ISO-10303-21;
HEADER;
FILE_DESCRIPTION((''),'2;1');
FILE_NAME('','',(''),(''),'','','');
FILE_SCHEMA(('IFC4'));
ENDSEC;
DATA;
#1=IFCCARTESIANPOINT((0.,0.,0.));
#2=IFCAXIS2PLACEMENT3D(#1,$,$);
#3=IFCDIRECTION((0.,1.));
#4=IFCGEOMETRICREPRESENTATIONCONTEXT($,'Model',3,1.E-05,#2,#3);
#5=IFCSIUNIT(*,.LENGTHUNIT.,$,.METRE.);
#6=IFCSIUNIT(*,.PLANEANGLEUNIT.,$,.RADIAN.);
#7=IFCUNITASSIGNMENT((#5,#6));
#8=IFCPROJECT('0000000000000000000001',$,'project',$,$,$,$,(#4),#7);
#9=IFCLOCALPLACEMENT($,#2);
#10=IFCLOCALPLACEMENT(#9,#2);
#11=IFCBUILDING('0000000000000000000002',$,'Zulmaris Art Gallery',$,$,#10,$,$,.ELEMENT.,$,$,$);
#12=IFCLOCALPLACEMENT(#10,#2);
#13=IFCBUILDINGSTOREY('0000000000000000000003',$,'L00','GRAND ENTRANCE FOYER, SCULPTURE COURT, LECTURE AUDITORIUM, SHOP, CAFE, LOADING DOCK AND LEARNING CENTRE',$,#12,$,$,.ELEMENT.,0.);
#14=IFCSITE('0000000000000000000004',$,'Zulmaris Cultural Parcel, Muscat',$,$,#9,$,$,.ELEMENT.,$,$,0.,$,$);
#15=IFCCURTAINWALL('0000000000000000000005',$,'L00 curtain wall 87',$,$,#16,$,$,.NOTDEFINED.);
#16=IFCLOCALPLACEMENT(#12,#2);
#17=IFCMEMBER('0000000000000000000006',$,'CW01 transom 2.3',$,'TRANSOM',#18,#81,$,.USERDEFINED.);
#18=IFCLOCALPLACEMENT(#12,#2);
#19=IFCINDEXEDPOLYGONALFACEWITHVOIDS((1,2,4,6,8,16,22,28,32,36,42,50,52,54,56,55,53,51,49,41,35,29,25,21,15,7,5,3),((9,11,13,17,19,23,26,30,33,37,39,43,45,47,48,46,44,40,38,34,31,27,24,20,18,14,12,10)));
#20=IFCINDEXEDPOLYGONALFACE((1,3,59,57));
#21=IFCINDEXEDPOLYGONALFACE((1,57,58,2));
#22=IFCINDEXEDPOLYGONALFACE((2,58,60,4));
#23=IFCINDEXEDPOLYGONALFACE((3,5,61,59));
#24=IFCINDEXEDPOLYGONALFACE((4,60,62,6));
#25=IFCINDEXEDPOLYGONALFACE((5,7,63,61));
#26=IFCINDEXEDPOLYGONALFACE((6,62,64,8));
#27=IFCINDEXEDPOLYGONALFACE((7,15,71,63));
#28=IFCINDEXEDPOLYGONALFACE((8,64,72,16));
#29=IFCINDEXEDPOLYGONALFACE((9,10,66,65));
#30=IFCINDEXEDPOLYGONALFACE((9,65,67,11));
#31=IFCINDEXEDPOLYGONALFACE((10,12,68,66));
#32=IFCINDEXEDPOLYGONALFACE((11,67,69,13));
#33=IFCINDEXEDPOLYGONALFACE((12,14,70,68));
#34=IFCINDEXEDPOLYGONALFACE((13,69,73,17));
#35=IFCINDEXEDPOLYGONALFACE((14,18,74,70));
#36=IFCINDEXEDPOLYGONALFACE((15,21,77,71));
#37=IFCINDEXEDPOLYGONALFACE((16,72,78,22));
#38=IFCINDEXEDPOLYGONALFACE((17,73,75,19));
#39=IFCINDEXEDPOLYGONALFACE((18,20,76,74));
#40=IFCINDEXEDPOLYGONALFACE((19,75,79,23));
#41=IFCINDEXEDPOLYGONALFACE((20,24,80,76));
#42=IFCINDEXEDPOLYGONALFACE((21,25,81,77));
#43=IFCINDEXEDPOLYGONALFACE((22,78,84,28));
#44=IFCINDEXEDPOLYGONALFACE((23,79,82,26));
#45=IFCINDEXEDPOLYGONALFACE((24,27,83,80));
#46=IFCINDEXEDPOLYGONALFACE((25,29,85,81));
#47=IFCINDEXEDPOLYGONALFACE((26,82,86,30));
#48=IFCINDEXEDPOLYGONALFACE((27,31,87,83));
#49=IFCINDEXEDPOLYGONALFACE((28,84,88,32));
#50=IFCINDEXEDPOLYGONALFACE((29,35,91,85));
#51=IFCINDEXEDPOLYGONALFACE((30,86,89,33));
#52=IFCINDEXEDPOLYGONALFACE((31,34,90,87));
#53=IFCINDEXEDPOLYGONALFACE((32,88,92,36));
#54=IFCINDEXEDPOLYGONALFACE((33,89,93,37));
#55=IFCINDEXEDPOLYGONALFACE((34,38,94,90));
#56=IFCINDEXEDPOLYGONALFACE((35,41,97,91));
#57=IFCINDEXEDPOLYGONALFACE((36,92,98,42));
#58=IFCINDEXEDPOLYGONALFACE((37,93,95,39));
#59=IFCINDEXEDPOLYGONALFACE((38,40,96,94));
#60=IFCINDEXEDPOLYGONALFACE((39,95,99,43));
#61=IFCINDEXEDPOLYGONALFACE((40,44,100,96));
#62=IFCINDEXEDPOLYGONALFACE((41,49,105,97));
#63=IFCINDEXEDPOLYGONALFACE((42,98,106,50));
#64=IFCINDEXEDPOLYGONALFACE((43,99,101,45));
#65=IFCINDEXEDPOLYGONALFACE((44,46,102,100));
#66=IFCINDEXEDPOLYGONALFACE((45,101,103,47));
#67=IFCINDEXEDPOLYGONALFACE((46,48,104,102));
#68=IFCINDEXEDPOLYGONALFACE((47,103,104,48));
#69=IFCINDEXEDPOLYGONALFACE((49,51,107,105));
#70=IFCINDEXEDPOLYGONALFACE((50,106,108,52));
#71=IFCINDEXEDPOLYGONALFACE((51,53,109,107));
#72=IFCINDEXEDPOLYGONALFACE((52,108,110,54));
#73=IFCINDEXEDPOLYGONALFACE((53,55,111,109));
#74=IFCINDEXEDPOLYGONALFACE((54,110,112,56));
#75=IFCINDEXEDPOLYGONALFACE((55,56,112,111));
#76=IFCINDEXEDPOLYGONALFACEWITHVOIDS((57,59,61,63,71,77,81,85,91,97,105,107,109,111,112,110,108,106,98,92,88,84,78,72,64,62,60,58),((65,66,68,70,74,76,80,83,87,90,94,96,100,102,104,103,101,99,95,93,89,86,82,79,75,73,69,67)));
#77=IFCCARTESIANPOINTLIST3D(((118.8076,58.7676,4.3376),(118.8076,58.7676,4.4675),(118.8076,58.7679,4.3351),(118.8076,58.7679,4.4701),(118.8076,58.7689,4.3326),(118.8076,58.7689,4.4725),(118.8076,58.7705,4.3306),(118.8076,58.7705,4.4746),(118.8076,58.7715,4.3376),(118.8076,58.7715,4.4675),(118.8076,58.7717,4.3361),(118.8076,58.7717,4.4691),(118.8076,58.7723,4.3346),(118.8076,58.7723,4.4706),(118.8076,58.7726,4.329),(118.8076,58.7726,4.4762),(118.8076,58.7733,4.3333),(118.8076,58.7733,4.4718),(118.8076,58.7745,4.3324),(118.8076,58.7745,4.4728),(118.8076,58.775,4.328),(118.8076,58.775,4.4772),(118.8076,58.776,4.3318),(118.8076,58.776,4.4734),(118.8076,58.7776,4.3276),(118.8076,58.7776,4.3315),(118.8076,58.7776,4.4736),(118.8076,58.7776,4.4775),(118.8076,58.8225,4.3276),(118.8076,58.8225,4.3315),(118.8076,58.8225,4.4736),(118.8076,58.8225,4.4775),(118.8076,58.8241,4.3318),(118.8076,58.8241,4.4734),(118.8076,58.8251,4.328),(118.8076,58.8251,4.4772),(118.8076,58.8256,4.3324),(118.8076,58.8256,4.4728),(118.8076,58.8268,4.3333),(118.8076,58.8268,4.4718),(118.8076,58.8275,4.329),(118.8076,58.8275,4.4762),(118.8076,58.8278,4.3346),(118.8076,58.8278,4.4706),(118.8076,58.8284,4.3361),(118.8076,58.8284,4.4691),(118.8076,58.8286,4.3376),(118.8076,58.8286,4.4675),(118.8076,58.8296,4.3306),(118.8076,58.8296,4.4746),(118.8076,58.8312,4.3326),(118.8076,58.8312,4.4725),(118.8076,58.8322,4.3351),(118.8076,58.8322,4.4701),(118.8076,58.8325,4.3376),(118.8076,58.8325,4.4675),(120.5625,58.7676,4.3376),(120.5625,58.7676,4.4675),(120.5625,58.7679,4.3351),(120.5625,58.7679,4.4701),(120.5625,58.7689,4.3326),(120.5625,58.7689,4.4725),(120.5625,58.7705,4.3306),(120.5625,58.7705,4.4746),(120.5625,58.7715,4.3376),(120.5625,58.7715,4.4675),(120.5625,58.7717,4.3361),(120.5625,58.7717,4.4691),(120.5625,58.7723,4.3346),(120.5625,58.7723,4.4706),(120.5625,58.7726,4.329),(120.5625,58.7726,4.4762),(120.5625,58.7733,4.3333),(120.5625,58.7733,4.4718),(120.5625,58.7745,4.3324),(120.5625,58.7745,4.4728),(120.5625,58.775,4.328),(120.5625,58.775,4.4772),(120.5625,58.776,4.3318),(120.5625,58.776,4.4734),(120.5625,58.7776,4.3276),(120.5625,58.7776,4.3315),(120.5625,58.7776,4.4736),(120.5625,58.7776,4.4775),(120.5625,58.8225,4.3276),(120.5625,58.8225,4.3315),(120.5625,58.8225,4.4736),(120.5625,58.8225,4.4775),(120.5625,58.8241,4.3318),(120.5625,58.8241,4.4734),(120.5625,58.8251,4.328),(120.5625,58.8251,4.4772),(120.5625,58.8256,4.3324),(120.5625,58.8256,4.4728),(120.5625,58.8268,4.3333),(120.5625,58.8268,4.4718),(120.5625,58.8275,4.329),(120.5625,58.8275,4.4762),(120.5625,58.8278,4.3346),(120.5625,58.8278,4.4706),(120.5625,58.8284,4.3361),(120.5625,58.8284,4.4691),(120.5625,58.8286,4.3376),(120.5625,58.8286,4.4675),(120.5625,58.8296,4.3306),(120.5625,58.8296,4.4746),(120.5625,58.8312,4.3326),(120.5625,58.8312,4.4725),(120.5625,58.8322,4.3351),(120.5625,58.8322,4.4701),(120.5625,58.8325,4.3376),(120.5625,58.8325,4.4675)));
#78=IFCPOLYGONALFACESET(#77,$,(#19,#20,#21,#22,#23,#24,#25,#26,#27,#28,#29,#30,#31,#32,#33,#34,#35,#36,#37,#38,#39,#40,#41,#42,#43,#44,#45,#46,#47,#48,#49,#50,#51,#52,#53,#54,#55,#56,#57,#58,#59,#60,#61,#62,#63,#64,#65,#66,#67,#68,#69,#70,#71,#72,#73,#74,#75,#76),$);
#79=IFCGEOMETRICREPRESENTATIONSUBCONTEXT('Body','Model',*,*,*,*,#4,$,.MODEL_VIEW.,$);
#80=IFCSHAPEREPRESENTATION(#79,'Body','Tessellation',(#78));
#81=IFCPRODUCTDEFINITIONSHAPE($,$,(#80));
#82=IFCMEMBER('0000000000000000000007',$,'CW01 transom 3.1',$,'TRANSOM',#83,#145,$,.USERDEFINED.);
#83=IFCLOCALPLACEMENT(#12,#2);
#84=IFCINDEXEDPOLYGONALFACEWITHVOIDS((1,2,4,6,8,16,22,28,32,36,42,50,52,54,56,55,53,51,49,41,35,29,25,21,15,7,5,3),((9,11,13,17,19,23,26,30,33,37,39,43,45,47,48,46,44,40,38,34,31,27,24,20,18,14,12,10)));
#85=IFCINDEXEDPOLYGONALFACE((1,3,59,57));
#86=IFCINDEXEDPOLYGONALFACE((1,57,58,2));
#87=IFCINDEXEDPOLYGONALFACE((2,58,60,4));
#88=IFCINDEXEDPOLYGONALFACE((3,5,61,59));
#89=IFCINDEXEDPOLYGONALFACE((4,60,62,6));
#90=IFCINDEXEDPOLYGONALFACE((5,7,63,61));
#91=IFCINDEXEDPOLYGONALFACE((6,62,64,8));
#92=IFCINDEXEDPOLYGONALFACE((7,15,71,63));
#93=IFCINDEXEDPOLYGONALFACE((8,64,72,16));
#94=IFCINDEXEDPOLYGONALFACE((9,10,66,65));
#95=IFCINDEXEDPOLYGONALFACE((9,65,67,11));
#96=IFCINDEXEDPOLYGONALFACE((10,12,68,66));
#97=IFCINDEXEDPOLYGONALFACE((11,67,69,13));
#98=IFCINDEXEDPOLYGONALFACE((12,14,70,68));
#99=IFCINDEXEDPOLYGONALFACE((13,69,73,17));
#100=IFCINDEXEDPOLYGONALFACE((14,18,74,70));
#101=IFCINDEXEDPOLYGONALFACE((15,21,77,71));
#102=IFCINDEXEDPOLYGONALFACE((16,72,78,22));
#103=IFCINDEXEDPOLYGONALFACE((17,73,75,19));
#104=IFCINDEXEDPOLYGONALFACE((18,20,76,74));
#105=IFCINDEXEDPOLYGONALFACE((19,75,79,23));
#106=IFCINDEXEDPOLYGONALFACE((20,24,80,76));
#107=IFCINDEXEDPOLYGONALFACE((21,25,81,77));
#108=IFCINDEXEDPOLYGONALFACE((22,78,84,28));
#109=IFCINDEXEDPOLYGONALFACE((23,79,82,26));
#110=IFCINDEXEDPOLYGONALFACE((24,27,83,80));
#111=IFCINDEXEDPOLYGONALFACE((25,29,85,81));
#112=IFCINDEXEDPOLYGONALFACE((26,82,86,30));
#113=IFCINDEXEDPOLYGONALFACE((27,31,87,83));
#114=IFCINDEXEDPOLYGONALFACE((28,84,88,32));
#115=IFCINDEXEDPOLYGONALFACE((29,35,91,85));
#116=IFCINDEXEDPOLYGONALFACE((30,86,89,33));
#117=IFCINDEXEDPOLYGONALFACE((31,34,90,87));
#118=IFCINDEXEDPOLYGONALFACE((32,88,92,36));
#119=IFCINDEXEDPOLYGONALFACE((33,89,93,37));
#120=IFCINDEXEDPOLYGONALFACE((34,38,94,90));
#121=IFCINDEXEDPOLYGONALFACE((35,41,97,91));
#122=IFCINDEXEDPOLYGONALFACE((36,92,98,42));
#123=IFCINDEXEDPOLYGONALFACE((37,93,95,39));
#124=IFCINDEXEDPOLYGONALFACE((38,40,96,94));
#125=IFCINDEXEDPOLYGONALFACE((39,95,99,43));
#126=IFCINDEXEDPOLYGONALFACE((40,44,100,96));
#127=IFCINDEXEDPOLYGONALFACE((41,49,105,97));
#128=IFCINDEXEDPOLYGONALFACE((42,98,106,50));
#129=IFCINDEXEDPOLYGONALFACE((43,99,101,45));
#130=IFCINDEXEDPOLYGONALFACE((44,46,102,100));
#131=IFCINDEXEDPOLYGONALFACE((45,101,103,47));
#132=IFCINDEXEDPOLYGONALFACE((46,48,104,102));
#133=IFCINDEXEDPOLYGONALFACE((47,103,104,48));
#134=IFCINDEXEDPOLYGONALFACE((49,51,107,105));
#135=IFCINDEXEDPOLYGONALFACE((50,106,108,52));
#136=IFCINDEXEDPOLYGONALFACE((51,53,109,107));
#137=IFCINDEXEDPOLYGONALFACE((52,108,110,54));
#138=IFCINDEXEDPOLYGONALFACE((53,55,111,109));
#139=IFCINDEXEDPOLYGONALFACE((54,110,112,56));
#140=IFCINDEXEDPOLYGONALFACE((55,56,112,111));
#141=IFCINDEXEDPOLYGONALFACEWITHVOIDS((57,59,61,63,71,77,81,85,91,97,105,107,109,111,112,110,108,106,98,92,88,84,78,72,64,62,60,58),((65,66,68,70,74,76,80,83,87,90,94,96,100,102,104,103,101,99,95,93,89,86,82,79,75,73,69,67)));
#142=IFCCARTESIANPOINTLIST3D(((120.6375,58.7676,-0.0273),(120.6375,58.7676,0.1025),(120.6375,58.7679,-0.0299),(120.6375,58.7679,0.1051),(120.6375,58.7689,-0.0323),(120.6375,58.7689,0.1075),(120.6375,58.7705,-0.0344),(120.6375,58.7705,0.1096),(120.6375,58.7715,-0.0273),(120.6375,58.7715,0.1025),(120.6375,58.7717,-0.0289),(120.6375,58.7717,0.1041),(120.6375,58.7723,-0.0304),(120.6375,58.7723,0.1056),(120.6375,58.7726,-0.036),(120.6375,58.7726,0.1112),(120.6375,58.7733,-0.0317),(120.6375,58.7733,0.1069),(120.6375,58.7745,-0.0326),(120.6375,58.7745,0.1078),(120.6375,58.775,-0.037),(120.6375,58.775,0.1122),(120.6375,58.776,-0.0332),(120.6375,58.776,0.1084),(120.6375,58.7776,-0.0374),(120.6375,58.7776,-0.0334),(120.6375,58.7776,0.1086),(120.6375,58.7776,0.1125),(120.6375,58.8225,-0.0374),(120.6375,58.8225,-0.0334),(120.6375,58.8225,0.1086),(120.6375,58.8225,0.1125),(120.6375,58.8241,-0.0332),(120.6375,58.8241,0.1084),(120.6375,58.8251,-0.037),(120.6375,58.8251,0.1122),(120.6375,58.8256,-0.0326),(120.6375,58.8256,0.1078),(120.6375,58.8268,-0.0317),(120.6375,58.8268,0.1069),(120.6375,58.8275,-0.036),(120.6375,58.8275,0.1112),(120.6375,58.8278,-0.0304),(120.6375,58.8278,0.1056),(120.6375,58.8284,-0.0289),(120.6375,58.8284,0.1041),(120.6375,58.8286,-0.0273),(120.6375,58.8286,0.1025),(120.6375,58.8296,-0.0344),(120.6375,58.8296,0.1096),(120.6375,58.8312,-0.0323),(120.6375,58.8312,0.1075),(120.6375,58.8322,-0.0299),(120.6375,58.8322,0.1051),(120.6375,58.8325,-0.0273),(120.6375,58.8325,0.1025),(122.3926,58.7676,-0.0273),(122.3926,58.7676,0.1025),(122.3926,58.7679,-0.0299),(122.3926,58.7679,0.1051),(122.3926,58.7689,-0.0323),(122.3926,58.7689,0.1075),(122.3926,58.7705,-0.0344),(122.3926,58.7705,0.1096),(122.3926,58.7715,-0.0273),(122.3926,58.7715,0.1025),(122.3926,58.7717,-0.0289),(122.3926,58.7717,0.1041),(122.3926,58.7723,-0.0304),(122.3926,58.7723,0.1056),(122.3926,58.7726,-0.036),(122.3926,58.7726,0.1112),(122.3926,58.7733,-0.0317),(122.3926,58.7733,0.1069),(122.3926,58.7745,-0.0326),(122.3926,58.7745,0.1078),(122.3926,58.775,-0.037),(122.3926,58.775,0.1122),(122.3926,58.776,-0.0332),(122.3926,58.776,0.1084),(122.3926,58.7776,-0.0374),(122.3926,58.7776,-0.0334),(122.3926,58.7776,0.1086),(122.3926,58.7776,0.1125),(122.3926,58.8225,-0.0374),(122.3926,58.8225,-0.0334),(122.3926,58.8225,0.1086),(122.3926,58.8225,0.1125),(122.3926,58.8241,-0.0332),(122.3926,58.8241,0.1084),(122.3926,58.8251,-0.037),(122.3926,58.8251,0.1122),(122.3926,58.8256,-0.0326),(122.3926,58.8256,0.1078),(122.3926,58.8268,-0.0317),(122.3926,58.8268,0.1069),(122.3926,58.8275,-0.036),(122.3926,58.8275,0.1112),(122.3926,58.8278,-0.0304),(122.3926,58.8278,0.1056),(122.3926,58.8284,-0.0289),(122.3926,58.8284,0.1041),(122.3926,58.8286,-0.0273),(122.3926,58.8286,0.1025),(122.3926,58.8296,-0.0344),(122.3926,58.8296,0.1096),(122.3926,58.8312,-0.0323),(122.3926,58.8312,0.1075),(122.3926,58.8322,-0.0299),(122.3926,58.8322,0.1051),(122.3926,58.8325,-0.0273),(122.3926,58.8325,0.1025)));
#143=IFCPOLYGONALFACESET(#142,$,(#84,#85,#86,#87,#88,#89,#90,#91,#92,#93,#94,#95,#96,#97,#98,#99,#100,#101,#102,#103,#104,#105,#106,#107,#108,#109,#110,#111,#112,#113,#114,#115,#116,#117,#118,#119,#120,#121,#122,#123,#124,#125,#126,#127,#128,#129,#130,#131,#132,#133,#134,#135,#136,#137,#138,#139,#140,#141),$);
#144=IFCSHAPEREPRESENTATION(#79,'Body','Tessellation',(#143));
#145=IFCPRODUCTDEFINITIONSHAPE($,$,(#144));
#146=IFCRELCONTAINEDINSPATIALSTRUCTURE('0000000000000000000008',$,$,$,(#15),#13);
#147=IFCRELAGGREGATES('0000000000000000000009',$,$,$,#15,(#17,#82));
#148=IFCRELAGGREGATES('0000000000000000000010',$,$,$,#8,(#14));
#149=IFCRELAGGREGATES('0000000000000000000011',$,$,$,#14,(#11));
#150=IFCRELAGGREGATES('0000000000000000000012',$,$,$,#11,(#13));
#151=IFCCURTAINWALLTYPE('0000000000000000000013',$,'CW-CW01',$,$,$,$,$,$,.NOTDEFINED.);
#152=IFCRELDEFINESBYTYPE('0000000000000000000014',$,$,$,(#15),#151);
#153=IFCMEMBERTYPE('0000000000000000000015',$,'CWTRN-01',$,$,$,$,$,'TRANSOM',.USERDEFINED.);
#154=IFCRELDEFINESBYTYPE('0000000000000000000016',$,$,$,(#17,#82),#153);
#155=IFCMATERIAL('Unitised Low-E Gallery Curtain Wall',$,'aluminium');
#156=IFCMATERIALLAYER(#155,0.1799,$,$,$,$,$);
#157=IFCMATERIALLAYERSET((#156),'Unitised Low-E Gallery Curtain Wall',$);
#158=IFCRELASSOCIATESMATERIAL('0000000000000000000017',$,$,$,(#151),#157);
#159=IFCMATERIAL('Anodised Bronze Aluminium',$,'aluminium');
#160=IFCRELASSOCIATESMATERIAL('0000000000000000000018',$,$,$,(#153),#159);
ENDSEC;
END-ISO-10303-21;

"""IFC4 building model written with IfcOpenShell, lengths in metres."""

from ifc_helpers import new_model, si_unit, direction, frame, origin, origin_2d, place, context, subcontext, project, spatial, hollow_rectangle, extrude, material, layer, layer_set, material_profile, profile_set, type_object, element, aggregate, save


model = new_model("IFC4")

# Units and contexts
model_context = context("Model", 3, precision=1e-05, world=origin(), true_north=direction((0.0, 1.0)))
body_context = subcontext(model_context, "Body", "Model", "MODEL_VIEW")
ifc_project = project(units=[si_unit("LENGTHUNIT", "METRE"), si_unit("PLANEANGLEUNIT", "RADIAN")], contexts=[model_context])

# Site, building, storey
site_placement = place(None, origin())
site = spatial("IfcSite", under=ifc_project, at=site_placement, Name="Zulmaris Cultural Parcel, Muscat", CompositionType="ELEMENT", RefElevation=0.0)
building_placement = place(site_placement, origin())
building = spatial("IfcBuilding", under=site, at=building_placement, Name="Zulmaris Art Gallery", CompositionType="ELEMENT")
storey_placement = place(building_placement, origin())
storey = spatial("IfcBuildingStorey", under=building, at=storey_placement, Name="L00", Description="GRAND ENTRANCE FOYER, SCULPTURE COURT, LECTURE AUDITORIUM, SHOP, CAFE, LOADING DOCK AND LEARNING CENTRE", CompositionType="ELEMENT", Elevation=0.0)

# Curtain wall
ifc_material_1 = material(Name="Unitised Low-E Gallery Curtain Wall", Category="aluminium")
ifc_layer_1 = layer(ifc_material_1, 0.1799)
ifc_layer_set_1 = layer_set([ifc_layer_1], Name="Unitised Low-E Gallery Curtain Wall")
curtain_wall_type = type_object("IfcCurtainWallType", Name="CW-CW01", PredefinedType="NOTDEFINED", material=ifc_layer_set_1)
ifc_material_2 = material(Name="Anodised Bronze Aluminium", Category="aluminium")
curtain_wall_1_placement = place(storey_placement, origin())
curtain_wall_1 = element("IfcCurtainWall", 1, at=curtain_wall_1_placement, inside=storey, type_object=curtain_wall_type, Name="L00 curtain wall 87", PredefinedType="NOTDEFINED")

# Members
ifc_material_profile_1 = material_profile(ifc_material_2, hollow_rectangle(XDim=0.0649, YDim=0.1499, WallThickness=0.0039, InnerFilletRadius=0.0061, OuterFilletRadius=0.01, at=origin_2d()), Name="ALU 65x150x4")
ifc_profile_set_1 = profile_set([ifc_material_profile_1], Name="Anodised Bronze Aluminium")
member_type_1 = type_object("IfcMemberType", Name="CWTRN-01", ElementType="TRANSOM", PredefinedType="USERDEFINED", material=ifc_profile_set_1)
member_1_placement = place(storey_placement, frame((118.8076, 58.8, 4.4026), z_axis=(1.0, 0.0, 0.0), x_axis=(0.0, 1.0, 0.0)))
member_1 = element("IfcMember", 2, at=member_1_placement, type_object=member_type_1, Name="CW01 transom 2.3", ObjectType="TRANSOM", PredefinedType="USERDEFINED", context=body_context, shape_type="SweptSolid", body=[
    extrude(hollow_rectangle(XDim=0.0649, YDim=0.1499, WallThickness=0.0039, InnerFilletRadius=0.0061, OuterFilletRadius=0.01, at=origin_2d()), origin(), (0.0, 0.0, 1.0), 1.7549),
])
member_2_placement = place(storey_placement, frame((120.6375, 58.8, 0.0376), z_axis=(1.0, 0.0, 0.0), x_axis=(0.0, 1.0, 0.0)))
member_2 = element("IfcMember", 3, at=member_2_placement, type_object=member_type_1, Name="CW01 transom 3.1", ObjectType="TRANSOM", PredefinedType="USERDEFINED", context=body_context, shape_type="SweptSolid", body=[
    extrude(hollow_rectangle(XDim=0.0649, YDim=0.1499, WallThickness=0.0039, InnerFilletRadius=0.0061, OuterFilletRadius=0.01, at=origin_2d()), origin(), (0.0, 0.0, 1.0), 1.7551),
])

aggregate(curtain_wall_1, [member_1, member_2])

save(model, "model.ifc")
